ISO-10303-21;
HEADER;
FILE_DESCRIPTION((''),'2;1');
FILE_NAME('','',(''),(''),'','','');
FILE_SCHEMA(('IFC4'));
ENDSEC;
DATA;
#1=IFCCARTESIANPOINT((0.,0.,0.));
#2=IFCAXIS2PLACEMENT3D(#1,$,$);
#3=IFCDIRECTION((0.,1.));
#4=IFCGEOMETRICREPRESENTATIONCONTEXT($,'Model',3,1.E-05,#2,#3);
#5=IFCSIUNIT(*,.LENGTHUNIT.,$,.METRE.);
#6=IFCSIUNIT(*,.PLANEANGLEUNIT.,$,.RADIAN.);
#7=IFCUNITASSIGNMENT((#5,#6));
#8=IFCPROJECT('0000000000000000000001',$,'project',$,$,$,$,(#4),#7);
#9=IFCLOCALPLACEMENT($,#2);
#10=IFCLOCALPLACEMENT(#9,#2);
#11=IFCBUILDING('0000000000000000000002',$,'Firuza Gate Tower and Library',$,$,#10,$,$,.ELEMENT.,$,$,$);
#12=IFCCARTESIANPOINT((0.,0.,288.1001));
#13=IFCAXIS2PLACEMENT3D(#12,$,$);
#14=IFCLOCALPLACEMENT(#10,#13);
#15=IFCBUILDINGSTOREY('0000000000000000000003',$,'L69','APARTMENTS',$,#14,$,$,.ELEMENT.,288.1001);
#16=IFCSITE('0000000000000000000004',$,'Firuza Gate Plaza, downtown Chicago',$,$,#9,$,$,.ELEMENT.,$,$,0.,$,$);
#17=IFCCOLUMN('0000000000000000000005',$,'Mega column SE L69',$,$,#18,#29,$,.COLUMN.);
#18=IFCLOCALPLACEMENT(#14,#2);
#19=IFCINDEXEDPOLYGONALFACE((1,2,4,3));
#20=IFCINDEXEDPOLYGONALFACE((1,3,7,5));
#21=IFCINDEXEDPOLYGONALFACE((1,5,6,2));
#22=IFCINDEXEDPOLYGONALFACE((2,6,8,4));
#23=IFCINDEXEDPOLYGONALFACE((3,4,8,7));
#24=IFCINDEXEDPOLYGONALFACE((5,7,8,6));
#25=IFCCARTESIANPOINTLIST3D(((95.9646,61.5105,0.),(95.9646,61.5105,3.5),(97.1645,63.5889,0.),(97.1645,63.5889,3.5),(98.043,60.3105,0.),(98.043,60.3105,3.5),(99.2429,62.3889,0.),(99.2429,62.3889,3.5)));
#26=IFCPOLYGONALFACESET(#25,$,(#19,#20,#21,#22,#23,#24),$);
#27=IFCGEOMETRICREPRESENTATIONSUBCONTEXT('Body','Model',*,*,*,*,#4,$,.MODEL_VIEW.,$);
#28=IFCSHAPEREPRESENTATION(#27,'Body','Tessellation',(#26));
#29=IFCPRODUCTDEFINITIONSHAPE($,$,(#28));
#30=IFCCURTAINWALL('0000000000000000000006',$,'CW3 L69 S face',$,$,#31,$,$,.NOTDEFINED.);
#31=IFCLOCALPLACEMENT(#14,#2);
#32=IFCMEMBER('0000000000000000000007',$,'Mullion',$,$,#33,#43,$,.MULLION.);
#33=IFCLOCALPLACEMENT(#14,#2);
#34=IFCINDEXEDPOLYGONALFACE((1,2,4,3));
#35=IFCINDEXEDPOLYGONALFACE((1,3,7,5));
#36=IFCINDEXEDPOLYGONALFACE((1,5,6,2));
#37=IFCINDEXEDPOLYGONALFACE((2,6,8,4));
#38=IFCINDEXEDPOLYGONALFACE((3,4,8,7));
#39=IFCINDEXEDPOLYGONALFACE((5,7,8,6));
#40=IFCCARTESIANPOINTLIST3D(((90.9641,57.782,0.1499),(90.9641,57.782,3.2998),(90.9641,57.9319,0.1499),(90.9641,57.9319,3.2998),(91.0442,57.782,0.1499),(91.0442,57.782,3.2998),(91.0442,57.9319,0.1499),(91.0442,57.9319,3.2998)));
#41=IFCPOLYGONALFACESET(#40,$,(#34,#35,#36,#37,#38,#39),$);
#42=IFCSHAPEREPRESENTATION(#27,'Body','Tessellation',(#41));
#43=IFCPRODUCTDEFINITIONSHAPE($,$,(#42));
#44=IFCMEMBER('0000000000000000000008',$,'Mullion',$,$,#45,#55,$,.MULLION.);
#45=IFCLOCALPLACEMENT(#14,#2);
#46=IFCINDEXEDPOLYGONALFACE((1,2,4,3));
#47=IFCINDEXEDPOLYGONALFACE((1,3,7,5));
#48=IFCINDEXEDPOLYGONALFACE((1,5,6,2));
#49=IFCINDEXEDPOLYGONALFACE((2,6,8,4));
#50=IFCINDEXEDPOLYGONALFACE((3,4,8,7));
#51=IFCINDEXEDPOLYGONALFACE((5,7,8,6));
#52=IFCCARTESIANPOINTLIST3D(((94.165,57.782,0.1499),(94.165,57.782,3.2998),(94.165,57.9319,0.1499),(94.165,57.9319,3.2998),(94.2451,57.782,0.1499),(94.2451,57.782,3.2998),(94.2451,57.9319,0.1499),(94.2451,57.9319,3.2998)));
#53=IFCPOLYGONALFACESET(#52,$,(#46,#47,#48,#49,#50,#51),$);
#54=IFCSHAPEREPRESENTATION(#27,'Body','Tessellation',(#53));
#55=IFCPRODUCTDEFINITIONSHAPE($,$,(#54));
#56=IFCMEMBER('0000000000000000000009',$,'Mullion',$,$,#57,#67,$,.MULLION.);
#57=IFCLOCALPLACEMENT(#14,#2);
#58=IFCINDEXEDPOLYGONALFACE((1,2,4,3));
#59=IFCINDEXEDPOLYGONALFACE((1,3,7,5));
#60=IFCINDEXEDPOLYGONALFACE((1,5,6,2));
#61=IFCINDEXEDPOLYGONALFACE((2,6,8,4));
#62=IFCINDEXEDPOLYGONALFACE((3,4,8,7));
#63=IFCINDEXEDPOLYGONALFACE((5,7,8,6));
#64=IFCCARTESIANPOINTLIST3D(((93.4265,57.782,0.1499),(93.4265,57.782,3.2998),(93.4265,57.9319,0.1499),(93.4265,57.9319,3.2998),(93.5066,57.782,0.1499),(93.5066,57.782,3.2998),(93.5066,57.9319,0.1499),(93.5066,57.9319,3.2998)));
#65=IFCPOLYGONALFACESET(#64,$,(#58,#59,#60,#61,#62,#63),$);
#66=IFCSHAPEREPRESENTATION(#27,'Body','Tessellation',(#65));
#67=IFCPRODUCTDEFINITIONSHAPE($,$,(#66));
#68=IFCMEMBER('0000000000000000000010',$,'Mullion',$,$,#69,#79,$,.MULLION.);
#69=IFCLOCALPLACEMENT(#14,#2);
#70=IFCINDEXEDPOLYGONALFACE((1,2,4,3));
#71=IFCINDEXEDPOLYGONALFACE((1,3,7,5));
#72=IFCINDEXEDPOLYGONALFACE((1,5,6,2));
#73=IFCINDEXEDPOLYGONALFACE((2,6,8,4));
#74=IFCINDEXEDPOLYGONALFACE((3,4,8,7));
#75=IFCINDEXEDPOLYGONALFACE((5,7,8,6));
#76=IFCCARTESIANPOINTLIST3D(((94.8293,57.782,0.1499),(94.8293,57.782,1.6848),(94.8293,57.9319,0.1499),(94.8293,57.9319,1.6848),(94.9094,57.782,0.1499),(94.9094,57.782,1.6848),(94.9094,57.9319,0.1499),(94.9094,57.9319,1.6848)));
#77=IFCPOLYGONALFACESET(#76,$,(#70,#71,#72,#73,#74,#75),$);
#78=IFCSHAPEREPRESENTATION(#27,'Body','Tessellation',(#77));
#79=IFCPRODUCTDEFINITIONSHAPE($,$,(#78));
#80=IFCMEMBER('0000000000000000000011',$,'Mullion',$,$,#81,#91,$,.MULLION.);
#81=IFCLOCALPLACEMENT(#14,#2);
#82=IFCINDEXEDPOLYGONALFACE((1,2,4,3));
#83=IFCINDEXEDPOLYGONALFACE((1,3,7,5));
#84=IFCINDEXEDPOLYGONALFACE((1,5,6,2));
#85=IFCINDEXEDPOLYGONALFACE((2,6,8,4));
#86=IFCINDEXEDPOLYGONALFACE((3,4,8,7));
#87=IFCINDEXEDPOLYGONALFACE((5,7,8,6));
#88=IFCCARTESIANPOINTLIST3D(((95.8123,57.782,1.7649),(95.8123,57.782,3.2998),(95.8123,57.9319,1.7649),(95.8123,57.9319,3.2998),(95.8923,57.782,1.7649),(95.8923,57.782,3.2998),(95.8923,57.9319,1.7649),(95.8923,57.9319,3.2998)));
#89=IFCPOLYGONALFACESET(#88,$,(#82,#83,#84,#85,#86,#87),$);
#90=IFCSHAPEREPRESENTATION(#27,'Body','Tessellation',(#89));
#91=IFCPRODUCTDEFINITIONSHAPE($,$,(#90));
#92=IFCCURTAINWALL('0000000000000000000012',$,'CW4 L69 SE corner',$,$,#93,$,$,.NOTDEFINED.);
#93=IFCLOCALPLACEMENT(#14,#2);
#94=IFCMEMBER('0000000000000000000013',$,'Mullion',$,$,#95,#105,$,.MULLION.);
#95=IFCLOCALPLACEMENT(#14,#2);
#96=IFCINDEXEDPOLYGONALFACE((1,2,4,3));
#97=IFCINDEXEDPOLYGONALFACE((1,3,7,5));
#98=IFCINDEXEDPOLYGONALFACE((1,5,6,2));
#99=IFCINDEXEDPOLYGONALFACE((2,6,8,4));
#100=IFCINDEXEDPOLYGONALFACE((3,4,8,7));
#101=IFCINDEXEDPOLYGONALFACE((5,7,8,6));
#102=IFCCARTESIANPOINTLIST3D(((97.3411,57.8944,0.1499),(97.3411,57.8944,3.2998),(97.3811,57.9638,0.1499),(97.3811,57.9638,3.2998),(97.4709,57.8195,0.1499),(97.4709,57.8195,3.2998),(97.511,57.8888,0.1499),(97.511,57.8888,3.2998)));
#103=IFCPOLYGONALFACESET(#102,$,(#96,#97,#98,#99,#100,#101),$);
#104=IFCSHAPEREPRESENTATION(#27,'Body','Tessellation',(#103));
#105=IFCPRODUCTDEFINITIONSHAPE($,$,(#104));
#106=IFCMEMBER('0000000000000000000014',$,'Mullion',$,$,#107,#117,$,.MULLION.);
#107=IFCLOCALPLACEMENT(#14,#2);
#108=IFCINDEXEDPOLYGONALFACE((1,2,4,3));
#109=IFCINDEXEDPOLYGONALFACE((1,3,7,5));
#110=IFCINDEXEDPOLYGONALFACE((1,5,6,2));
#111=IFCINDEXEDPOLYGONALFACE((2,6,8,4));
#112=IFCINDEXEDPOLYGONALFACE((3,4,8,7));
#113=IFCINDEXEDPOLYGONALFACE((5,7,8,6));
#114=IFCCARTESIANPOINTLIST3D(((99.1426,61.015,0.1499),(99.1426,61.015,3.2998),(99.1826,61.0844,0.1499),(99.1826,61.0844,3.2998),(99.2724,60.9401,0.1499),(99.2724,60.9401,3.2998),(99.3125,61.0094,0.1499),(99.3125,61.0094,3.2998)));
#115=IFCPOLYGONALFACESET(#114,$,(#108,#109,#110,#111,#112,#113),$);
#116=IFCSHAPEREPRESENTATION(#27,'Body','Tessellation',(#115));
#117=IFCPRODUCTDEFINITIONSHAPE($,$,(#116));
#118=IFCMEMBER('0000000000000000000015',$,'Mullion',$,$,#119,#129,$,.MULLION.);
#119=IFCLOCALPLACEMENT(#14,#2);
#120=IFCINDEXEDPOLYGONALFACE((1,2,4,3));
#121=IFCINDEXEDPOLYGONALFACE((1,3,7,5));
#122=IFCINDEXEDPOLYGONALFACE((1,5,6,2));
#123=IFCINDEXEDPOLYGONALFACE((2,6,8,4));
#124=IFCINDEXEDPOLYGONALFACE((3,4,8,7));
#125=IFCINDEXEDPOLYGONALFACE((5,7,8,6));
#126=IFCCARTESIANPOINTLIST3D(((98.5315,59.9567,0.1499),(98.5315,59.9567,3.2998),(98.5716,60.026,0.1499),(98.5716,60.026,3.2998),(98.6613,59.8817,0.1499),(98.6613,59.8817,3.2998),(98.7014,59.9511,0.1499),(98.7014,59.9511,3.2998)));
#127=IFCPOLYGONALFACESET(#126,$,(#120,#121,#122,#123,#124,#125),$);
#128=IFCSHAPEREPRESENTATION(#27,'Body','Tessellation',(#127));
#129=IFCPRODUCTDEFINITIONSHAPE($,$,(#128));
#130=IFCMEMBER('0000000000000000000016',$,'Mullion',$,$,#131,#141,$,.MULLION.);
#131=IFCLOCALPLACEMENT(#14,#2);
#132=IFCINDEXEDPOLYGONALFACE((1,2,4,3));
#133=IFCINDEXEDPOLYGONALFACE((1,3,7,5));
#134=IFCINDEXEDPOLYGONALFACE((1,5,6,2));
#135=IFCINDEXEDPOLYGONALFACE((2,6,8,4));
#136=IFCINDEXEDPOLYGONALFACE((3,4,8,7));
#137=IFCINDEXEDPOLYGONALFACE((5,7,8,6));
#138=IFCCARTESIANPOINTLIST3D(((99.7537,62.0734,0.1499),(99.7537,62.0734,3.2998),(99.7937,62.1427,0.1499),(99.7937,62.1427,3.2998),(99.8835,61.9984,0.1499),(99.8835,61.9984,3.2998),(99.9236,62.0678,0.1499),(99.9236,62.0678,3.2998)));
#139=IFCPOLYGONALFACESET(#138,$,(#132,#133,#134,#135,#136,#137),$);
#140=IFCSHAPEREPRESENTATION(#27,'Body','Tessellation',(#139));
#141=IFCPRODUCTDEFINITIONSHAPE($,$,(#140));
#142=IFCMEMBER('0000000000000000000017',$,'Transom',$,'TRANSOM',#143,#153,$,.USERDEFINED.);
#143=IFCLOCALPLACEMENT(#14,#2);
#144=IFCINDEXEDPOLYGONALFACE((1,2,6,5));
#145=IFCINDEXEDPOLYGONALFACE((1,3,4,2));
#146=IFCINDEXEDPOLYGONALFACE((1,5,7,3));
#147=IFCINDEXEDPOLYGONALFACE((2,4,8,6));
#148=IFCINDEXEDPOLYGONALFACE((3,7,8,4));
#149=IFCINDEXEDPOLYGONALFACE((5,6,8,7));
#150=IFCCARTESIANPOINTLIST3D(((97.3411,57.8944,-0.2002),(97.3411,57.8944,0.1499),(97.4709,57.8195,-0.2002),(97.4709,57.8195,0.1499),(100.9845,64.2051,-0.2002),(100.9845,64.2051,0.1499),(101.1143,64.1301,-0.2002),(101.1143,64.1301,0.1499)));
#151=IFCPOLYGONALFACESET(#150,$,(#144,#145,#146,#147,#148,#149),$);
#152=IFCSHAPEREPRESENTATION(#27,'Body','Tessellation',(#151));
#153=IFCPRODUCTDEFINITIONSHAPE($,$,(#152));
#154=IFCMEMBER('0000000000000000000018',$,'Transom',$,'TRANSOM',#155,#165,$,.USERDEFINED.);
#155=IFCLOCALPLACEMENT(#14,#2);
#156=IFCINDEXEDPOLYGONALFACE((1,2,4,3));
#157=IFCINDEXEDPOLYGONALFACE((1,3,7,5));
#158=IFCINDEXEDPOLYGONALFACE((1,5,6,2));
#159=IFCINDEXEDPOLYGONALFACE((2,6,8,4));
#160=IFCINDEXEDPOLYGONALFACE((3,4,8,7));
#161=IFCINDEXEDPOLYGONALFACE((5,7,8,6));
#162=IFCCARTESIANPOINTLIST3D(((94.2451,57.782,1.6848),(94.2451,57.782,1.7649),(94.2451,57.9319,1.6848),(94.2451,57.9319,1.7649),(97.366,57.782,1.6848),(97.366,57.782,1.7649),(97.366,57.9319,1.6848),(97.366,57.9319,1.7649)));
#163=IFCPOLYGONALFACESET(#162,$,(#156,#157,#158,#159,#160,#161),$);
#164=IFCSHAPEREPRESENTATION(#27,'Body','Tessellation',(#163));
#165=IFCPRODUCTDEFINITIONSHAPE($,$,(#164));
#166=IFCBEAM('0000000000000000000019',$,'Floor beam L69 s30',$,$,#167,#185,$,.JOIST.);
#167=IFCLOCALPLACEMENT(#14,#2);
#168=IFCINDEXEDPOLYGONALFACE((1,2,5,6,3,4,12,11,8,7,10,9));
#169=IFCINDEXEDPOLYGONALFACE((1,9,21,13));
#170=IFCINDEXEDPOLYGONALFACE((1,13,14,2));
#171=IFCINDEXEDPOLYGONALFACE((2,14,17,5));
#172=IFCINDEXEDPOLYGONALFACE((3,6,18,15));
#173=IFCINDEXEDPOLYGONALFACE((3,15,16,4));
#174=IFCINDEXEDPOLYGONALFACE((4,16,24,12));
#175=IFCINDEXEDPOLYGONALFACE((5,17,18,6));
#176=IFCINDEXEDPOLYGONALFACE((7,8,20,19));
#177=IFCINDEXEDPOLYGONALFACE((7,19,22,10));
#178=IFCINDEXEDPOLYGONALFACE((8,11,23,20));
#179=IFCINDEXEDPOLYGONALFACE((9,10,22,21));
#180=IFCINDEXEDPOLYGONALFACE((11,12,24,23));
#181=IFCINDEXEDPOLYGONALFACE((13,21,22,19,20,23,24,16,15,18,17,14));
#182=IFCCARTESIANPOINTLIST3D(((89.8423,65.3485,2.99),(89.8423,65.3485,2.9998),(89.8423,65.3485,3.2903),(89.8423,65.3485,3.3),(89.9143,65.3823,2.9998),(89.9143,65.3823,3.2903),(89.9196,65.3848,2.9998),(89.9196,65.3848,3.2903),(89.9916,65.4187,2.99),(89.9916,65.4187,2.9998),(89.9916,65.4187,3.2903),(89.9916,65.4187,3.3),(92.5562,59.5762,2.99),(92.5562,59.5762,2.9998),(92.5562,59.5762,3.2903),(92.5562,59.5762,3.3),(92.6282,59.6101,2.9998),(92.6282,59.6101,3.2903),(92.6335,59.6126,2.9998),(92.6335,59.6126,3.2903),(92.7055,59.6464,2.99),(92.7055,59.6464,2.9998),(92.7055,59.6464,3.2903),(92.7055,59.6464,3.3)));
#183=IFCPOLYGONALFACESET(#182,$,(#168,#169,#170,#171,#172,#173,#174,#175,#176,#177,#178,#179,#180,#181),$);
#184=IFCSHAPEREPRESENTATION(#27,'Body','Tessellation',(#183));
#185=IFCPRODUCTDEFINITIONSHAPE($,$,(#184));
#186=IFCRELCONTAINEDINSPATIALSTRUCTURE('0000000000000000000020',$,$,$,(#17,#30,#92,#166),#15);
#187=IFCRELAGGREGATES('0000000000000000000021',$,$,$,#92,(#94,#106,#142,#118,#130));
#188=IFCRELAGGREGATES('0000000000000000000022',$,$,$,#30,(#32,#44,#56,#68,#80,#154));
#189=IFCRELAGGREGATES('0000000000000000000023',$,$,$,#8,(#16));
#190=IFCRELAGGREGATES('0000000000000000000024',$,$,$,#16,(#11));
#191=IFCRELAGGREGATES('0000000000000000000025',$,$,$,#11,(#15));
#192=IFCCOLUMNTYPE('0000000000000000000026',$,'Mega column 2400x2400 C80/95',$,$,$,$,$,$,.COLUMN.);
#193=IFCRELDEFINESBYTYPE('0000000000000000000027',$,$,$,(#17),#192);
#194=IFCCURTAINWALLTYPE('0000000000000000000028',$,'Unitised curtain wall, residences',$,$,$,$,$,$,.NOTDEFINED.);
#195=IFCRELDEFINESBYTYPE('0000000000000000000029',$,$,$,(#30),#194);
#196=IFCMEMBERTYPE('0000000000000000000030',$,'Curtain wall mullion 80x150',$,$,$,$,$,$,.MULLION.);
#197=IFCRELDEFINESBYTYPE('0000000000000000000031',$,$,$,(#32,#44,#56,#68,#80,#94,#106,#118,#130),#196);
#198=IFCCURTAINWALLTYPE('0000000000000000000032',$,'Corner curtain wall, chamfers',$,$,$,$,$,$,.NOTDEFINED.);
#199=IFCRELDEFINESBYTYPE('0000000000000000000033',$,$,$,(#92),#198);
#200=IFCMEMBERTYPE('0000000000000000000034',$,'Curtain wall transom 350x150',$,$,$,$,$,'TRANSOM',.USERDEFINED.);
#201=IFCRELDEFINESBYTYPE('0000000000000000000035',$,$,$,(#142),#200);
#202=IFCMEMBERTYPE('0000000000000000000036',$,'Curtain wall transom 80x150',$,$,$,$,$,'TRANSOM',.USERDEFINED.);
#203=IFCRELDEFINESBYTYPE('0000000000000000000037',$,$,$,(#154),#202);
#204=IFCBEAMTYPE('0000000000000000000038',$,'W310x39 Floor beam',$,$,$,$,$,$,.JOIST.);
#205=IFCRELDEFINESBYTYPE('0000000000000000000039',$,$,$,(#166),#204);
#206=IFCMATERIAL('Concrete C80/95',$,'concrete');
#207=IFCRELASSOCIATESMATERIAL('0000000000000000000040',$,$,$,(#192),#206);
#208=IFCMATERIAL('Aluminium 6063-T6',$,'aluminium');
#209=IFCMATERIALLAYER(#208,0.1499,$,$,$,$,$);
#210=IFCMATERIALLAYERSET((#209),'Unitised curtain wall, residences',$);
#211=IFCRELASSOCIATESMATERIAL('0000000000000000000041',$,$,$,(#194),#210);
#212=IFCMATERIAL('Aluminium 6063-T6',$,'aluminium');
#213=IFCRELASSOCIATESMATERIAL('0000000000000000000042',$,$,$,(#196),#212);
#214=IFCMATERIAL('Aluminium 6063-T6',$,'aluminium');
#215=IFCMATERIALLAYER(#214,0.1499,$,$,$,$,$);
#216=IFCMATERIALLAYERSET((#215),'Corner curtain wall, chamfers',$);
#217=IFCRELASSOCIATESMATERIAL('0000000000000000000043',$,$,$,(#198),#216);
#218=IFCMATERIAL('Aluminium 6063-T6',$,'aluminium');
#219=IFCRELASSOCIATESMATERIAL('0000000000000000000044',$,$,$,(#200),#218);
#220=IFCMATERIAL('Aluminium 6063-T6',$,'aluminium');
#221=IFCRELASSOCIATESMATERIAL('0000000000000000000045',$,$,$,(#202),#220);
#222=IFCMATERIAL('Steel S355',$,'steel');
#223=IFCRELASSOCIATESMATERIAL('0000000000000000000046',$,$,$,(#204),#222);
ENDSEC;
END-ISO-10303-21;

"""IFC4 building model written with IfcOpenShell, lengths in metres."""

from ifc_helpers import new_model, si_unit, direction, frame, origin, origin_2d, place, context, subcontext, project, spatial, rectangle, i_section, extrude, material, layer, layer_set, material_profile, profile_set, type_object, element, aggregate, save


model = new_model("IFC4")

# Units and contexts
model_context = context("Model", 3, precision=1e-05, world=origin(), true_north=direction((0.0, 1.0)))
body_context = subcontext(model_context, "Body", "Model", "MODEL_VIEW")
ifc_project = project(units=[si_unit("LENGTHUNIT", "METRE"), si_unit("PLANEANGLEUNIT", "RADIAN")], contexts=[model_context])

# Site, building, storey
site_placement = place(None, origin())
site = spatial("IfcSite", under=ifc_project, at=site_placement, Name="Firuza Gate Plaza, downtown Chicago", CompositionType="ELEMENT", RefElevation=0.0)
building_placement = place(site_placement, origin())
building = spatial("IfcBuilding", under=site, at=building_placement, Name="Firuza Gate Tower and Library", CompositionType="ELEMENT")
storey_placement = place(building_placement, frame((0.0, 0.0, 288.1001)))
storey = spatial("IfcBuildingStorey", under=building, at=storey_placement, Name="L69", Description="APARTMENTS", CompositionType="ELEMENT", Elevation=288.1001)

# Column
ifc_material_1 = material(Name="Concrete C80/95", Category="concrete")
ifc_material_profile_1 = material_profile(ifc_material_1, rectangle(XDim=2.3999, YDim=2.3999, at=origin_2d()))
ifc_profile_set_1 = profile_set([ifc_material_profile_1], Name="Concrete C80/95")
column_type = type_object("IfcColumnType", Name="Mega column 2400x2400 C80/95", PredefinedType="COLUMN", material=ifc_profile_set_1)
column_placement = place(storey_placement, frame((97.6038, 61.9497, 0.0), z_axis=(0.0, 0.0, 1.0), x_axis=(0.5, 0.866025, 0.0)))
element("IfcColumn", 1, at=column_placement, inside=storey, type_object=column_type, Name="Mega column SE L69", PredefinedType="COLUMN", context=body_context, shape_type="SweptSolid", body=[
    extrude(rectangle(XDim=2.3999, YDim=2.3999, at=origin_2d()), origin(), (0.0, 0.0, 1.0), 3.5),
])

# Curtain walls, members
ifc_material_2 = material(Name="Aluminium 6063-T6", Category="aluminium")
ifc_layer_1 = layer(ifc_material_2, 0.1499)
ifc_layer_set_1 = layer_set([ifc_layer_1], Name="Unitised curtain wall, residences")
curtain_wall_type_1 = type_object("IfcCurtainWallType", Name="Unitised curtain wall, residences", PredefinedType="NOTDEFINED", material=ifc_layer_set_1)
placement = place(storey_placement, origin())
curtain_wall_1 = element("IfcCurtainWall", 2, at=placement, inside=storey, type_object=curtain_wall_type_1, Name="CW3 L69 S face", PredefinedType="NOTDEFINED")
ifc_material_3 = material(Name="Aluminium 6063-T6", Category="aluminium")
ifc_material_profile_2 = material_profile(ifc_material_3, rectangle(XDim=0.1499, YDim=0.0801, at=origin_2d()))
ifc_profile_set_2 = profile_set([ifc_material_profile_2], Name="Aluminium 6063-T6")
member_type_1 = type_object("IfcMemberType", Name="Curtain wall mullion 80x150", PredefinedType="MULLION", material=ifc_profile_set_2)
member_1_placement = place(storey_placement, frame((91.0042, 57.8569, 0.1499), z_axis=(0.0, 0.0, 1.0), x_axis=(0.0, 1.0, 0.0)))
member_1 = element("IfcMember", 3, at=member_1_placement, type_object=member_type_1, Name="Mullion", PredefinedType="MULLION", context=body_context, shape_type="SweptSolid", body=[
    extrude(rectangle(XDim=0.1499, YDim=0.0801, at=origin_2d()), origin(), (0.0, 0.0, 1.0), 3.1499),
])
member_2_placement = place(storey_placement, frame((94.2051, 57.8569, 0.1499), z_axis=(0.0, 0.0, 1.0), x_axis=(0.0, 1.0, 0.0)))
member_2 = element("IfcMember", 4, at=member_2_placement, type_object=member_type_1, Name="Mullion", PredefinedType="MULLION", context=body_context, shape_type="SweptSolid", body=[
    extrude(rectangle(XDim=0.1499, YDim=0.0801, at=origin_2d()), origin(), (0.0, 0.0, 1.0), 3.1499),
])
member_3_placement = place(storey_placement, frame((93.4666, 57.8569, 0.1499), z_axis=(0.0, 0.0, 1.0), x_axis=(0.0, 1.0, 0.0)))
member_3 = element("IfcMember", 5, at=member_3_placement, type_object=member_type_1, Name="Mullion", PredefinedType="MULLION", context=body_context, shape_type="SweptSolid", body=[
    extrude(rectangle(XDim=0.1499, YDim=0.0801, at=origin_2d()), origin(), (0.0, 0.0, 1.0), 3.1499),
])
member_4_placement = place(storey_placement, frame((94.8694, 57.8569, 0.1499), z_axis=(0.0, 0.0, 1.0), x_axis=(0.0, 1.0, 0.0)))
member_4 = element("IfcMember", 6, at=member_4_placement, type_object=member_type_1, Name="Mullion", PredefinedType="MULLION", context=body_context, shape_type="SweptSolid", body=[
    extrude(rectangle(XDim=0.1499, YDim=0.0801, at=origin_2d()), origin(), (0.0, 0.0, 1.0), 1.5349),
])
member_5_placement = place(storey_placement, frame((95.8523, 57.8569, 1.7649), z_axis=(0.0, 0.0, 1.0), x_axis=(0.0, 1.0, 0.0)))
member_5 = element("IfcMember", 7, at=member_5_placement, type_object=member_type_1, Name="Mullion", PredefinedType="MULLION", context=body_context, shape_type="SweptSolid", body=[
    extrude(rectangle(XDim=0.1499, YDim=0.0801, at=origin_2d()), origin(), (0.0, 0.0, 1.0), 1.5349),
])
ifc_material_4 = material(Name="Aluminium 6063-T6", Category="aluminium")
ifc_layer_2 = layer(ifc_material_4, 0.1499)
ifc_layer_set_2 = layer_set([ifc_layer_2], Name="Corner curtain wall, chamfers")
curtain_wall_type_2 = type_object("IfcCurtainWallType", Name="Corner curtain wall, chamfers", PredefinedType="NOTDEFINED", material=ifc_layer_set_2)
curtain_wall_2 = element("IfcCurtainWall", 8, at=placement, inside=storey, type_object=curtain_wall_type_2, Name="CW4 L69 SE corner", PredefinedType="NOTDEFINED")
member_6_placement = place(storey_placement, frame((97.426, 57.8916, 0.1499), z_axis=(0.0, 0.0, 1.0), x_axis=(-0.866025, 0.5, 0.0)))
member_6 = element("IfcMember", 9, at=member_6_placement, type_object=member_type_1, Name="Mullion", PredefinedType="MULLION", context=body_context, shape_type="SweptSolid", body=[
    extrude(rectangle(XDim=0.1499, YDim=0.0801, at=origin_2d()), origin(), (0.0, 0.0, 1.0), 3.1499),
])
member_7_placement = place(storey_placement, frame((99.2275, 61.0122, 0.1499), z_axis=(0.0, 0.0, 1.0), x_axis=(-0.866025, 0.5, 0.0)))
member_7 = element("IfcMember", 10, at=member_7_placement, type_object=member_type_1, Name="Mullion", PredefinedType="MULLION", context=body_context, shape_type="SweptSolid", body=[
    extrude(rectangle(XDim=0.1499, YDim=0.0801, at=origin_2d()), origin(), (0.0, 0.0, 1.0), 3.1499),
])
member_8_placement = place(storey_placement, frame((98.6165, 59.9539, 0.1499), z_axis=(0.0, 0.0, 1.0), x_axis=(-0.866025, 0.5, 0.0)))
member_8 = element("IfcMember", 11, at=member_8_placement, type_object=member_type_1, Name="Mullion", PredefinedType="MULLION", context=body_context, shape_type="SweptSolid", body=[
    extrude(rectangle(XDim=0.1499, YDim=0.0801, at=origin_2d()), origin(), (0.0, 0.0, 1.0), 3.1499),
])
member_9_placement = place(storey_placement, frame((99.8386, 62.0706, 0.1499), z_axis=(0.0, 0.0, 1.0), x_axis=(-0.866025, 0.5, 0.0)))
member_9 = element("IfcMember", 12, at=member_9_placement, type_object=member_type_1, Name="Mullion", PredefinedType="MULLION", context=body_context, shape_type="SweptSolid", body=[
    extrude(rectangle(XDim=0.1499, YDim=0.0801, at=origin_2d()), origin(), (0.0, 0.0, 1.0), 3.1499),
])
ifc_material_5 = material(Name="Aluminium 6063-T6", Category="aluminium")
ifc_material_profile_3 = material_profile(ifc_material_5, rectangle(XDim=0.1499, YDim=0.3501, at=origin_2d()))
ifc_profile_set_3 = profile_set([ifc_material_profile_3], Name="Aluminium 6063-T6")
member_type_2 = type_object("IfcMemberType", Name="Curtain wall transom 350x150", ElementType="TRANSOM", PredefinedType="USERDEFINED", material=ifc_profile_set_3)
member_10_placement = place(storey_placement, frame((97.406, 57.8569, -0.0251), z_axis=(0.499991, 0.86603, 0.0), x_axis=(-0.86603, 0.499991, 0.0)))
member_10 = element("IfcMember", 13, at=member_10_placement, type_object=member_type_2, Name="Transom", ObjectType="TRANSOM", PredefinedType="USERDEFINED", context=body_context, shape_type="SweptSolid", body=[
    extrude(rectangle(XDim=0.1499, YDim=0.3501, at=origin_2d()), origin(), (0.0, 0.0, 1.0), 7.2869),
])

# Member
ifc_material_6 = material(Name="Aluminium 6063-T6", Category="aluminium")
ifc_material_profile_4 = material_profile(ifc_material_6, rectangle(XDim=0.1499, YDim=0.0801, at=origin_2d()))
ifc_profile_set_4 = profile_set([ifc_material_profile_4], Name="Aluminium 6063-T6")
member_type_3 = type_object("IfcMemberType", Name="Curtain wall transom 80x150", ElementType="TRANSOM", PredefinedType="USERDEFINED", material=ifc_profile_set_4)
member_11_placement = place(storey_placement, frame((94.2451, 57.8569, 1.7249), z_axis=(1.0, 0.0, 0.0), x_axis=(0.0, 1.0, 0.0)))
member_11 = element("IfcMember", 14, at=member_11_placement, type_object=member_type_3, Name="Transom", ObjectType="TRANSOM", PredefinedType="USERDEFINED", context=body_context, shape_type="SweptSolid", body=[
    extrude(rectangle(XDim=0.1499, YDim=0.0801, at=origin_2d()), origin(), (0.0, 0.0, 1.0), 3.1208),
])

# Beam
ifc_material_7 = material(Name="Steel S355", Category="steel")
ifc_material_profile_5 = material_profile(ifc_material_7, i_section(OverallWidth=0.165, OverallDepth=0.3101, WebThickness=0.0059, FlangeThickness=0.0098, at=origin_2d()))
ifc_profile_set_5 = profile_set([ifc_material_profile_5], Name="Steel S355")
beam_type_1 = type_object("IfcBeamType", Name="W310x39 Floor beam", PredefinedType="JOIST", material=ifc_profile_set_5)
beam_1_placement = place(storey_placement, frame((92.6309, 59.6113, 3.145), z_axis=(-0.42548, 0.904968, 0.0), x_axis=(-0.904968, -0.42548, 0.0)))
element("IfcBeam", 15, at=beam_1_placement, inside=storey, type_object=beam_type_1, Name="Floor beam L69 s30", PredefinedType="JOIST", context=body_context, shape_type="SweptSolid", body=[
    extrude(i_section(OverallWidth=0.165, OverallDepth=0.3101, WebThickness=0.0059, FlangeThickness=0.0098, at=origin_2d()), origin(), (0.0, 0.0, 1.0), 6.3784),
])

aggregate(curtain_wall_2, [member_6, member_7, member_10, member_8, member_9])
aggregate(curtain_wall_1, [member_1, member_2, member_3, member_4, member_5, member_11])

save(model, "model.ifc")
